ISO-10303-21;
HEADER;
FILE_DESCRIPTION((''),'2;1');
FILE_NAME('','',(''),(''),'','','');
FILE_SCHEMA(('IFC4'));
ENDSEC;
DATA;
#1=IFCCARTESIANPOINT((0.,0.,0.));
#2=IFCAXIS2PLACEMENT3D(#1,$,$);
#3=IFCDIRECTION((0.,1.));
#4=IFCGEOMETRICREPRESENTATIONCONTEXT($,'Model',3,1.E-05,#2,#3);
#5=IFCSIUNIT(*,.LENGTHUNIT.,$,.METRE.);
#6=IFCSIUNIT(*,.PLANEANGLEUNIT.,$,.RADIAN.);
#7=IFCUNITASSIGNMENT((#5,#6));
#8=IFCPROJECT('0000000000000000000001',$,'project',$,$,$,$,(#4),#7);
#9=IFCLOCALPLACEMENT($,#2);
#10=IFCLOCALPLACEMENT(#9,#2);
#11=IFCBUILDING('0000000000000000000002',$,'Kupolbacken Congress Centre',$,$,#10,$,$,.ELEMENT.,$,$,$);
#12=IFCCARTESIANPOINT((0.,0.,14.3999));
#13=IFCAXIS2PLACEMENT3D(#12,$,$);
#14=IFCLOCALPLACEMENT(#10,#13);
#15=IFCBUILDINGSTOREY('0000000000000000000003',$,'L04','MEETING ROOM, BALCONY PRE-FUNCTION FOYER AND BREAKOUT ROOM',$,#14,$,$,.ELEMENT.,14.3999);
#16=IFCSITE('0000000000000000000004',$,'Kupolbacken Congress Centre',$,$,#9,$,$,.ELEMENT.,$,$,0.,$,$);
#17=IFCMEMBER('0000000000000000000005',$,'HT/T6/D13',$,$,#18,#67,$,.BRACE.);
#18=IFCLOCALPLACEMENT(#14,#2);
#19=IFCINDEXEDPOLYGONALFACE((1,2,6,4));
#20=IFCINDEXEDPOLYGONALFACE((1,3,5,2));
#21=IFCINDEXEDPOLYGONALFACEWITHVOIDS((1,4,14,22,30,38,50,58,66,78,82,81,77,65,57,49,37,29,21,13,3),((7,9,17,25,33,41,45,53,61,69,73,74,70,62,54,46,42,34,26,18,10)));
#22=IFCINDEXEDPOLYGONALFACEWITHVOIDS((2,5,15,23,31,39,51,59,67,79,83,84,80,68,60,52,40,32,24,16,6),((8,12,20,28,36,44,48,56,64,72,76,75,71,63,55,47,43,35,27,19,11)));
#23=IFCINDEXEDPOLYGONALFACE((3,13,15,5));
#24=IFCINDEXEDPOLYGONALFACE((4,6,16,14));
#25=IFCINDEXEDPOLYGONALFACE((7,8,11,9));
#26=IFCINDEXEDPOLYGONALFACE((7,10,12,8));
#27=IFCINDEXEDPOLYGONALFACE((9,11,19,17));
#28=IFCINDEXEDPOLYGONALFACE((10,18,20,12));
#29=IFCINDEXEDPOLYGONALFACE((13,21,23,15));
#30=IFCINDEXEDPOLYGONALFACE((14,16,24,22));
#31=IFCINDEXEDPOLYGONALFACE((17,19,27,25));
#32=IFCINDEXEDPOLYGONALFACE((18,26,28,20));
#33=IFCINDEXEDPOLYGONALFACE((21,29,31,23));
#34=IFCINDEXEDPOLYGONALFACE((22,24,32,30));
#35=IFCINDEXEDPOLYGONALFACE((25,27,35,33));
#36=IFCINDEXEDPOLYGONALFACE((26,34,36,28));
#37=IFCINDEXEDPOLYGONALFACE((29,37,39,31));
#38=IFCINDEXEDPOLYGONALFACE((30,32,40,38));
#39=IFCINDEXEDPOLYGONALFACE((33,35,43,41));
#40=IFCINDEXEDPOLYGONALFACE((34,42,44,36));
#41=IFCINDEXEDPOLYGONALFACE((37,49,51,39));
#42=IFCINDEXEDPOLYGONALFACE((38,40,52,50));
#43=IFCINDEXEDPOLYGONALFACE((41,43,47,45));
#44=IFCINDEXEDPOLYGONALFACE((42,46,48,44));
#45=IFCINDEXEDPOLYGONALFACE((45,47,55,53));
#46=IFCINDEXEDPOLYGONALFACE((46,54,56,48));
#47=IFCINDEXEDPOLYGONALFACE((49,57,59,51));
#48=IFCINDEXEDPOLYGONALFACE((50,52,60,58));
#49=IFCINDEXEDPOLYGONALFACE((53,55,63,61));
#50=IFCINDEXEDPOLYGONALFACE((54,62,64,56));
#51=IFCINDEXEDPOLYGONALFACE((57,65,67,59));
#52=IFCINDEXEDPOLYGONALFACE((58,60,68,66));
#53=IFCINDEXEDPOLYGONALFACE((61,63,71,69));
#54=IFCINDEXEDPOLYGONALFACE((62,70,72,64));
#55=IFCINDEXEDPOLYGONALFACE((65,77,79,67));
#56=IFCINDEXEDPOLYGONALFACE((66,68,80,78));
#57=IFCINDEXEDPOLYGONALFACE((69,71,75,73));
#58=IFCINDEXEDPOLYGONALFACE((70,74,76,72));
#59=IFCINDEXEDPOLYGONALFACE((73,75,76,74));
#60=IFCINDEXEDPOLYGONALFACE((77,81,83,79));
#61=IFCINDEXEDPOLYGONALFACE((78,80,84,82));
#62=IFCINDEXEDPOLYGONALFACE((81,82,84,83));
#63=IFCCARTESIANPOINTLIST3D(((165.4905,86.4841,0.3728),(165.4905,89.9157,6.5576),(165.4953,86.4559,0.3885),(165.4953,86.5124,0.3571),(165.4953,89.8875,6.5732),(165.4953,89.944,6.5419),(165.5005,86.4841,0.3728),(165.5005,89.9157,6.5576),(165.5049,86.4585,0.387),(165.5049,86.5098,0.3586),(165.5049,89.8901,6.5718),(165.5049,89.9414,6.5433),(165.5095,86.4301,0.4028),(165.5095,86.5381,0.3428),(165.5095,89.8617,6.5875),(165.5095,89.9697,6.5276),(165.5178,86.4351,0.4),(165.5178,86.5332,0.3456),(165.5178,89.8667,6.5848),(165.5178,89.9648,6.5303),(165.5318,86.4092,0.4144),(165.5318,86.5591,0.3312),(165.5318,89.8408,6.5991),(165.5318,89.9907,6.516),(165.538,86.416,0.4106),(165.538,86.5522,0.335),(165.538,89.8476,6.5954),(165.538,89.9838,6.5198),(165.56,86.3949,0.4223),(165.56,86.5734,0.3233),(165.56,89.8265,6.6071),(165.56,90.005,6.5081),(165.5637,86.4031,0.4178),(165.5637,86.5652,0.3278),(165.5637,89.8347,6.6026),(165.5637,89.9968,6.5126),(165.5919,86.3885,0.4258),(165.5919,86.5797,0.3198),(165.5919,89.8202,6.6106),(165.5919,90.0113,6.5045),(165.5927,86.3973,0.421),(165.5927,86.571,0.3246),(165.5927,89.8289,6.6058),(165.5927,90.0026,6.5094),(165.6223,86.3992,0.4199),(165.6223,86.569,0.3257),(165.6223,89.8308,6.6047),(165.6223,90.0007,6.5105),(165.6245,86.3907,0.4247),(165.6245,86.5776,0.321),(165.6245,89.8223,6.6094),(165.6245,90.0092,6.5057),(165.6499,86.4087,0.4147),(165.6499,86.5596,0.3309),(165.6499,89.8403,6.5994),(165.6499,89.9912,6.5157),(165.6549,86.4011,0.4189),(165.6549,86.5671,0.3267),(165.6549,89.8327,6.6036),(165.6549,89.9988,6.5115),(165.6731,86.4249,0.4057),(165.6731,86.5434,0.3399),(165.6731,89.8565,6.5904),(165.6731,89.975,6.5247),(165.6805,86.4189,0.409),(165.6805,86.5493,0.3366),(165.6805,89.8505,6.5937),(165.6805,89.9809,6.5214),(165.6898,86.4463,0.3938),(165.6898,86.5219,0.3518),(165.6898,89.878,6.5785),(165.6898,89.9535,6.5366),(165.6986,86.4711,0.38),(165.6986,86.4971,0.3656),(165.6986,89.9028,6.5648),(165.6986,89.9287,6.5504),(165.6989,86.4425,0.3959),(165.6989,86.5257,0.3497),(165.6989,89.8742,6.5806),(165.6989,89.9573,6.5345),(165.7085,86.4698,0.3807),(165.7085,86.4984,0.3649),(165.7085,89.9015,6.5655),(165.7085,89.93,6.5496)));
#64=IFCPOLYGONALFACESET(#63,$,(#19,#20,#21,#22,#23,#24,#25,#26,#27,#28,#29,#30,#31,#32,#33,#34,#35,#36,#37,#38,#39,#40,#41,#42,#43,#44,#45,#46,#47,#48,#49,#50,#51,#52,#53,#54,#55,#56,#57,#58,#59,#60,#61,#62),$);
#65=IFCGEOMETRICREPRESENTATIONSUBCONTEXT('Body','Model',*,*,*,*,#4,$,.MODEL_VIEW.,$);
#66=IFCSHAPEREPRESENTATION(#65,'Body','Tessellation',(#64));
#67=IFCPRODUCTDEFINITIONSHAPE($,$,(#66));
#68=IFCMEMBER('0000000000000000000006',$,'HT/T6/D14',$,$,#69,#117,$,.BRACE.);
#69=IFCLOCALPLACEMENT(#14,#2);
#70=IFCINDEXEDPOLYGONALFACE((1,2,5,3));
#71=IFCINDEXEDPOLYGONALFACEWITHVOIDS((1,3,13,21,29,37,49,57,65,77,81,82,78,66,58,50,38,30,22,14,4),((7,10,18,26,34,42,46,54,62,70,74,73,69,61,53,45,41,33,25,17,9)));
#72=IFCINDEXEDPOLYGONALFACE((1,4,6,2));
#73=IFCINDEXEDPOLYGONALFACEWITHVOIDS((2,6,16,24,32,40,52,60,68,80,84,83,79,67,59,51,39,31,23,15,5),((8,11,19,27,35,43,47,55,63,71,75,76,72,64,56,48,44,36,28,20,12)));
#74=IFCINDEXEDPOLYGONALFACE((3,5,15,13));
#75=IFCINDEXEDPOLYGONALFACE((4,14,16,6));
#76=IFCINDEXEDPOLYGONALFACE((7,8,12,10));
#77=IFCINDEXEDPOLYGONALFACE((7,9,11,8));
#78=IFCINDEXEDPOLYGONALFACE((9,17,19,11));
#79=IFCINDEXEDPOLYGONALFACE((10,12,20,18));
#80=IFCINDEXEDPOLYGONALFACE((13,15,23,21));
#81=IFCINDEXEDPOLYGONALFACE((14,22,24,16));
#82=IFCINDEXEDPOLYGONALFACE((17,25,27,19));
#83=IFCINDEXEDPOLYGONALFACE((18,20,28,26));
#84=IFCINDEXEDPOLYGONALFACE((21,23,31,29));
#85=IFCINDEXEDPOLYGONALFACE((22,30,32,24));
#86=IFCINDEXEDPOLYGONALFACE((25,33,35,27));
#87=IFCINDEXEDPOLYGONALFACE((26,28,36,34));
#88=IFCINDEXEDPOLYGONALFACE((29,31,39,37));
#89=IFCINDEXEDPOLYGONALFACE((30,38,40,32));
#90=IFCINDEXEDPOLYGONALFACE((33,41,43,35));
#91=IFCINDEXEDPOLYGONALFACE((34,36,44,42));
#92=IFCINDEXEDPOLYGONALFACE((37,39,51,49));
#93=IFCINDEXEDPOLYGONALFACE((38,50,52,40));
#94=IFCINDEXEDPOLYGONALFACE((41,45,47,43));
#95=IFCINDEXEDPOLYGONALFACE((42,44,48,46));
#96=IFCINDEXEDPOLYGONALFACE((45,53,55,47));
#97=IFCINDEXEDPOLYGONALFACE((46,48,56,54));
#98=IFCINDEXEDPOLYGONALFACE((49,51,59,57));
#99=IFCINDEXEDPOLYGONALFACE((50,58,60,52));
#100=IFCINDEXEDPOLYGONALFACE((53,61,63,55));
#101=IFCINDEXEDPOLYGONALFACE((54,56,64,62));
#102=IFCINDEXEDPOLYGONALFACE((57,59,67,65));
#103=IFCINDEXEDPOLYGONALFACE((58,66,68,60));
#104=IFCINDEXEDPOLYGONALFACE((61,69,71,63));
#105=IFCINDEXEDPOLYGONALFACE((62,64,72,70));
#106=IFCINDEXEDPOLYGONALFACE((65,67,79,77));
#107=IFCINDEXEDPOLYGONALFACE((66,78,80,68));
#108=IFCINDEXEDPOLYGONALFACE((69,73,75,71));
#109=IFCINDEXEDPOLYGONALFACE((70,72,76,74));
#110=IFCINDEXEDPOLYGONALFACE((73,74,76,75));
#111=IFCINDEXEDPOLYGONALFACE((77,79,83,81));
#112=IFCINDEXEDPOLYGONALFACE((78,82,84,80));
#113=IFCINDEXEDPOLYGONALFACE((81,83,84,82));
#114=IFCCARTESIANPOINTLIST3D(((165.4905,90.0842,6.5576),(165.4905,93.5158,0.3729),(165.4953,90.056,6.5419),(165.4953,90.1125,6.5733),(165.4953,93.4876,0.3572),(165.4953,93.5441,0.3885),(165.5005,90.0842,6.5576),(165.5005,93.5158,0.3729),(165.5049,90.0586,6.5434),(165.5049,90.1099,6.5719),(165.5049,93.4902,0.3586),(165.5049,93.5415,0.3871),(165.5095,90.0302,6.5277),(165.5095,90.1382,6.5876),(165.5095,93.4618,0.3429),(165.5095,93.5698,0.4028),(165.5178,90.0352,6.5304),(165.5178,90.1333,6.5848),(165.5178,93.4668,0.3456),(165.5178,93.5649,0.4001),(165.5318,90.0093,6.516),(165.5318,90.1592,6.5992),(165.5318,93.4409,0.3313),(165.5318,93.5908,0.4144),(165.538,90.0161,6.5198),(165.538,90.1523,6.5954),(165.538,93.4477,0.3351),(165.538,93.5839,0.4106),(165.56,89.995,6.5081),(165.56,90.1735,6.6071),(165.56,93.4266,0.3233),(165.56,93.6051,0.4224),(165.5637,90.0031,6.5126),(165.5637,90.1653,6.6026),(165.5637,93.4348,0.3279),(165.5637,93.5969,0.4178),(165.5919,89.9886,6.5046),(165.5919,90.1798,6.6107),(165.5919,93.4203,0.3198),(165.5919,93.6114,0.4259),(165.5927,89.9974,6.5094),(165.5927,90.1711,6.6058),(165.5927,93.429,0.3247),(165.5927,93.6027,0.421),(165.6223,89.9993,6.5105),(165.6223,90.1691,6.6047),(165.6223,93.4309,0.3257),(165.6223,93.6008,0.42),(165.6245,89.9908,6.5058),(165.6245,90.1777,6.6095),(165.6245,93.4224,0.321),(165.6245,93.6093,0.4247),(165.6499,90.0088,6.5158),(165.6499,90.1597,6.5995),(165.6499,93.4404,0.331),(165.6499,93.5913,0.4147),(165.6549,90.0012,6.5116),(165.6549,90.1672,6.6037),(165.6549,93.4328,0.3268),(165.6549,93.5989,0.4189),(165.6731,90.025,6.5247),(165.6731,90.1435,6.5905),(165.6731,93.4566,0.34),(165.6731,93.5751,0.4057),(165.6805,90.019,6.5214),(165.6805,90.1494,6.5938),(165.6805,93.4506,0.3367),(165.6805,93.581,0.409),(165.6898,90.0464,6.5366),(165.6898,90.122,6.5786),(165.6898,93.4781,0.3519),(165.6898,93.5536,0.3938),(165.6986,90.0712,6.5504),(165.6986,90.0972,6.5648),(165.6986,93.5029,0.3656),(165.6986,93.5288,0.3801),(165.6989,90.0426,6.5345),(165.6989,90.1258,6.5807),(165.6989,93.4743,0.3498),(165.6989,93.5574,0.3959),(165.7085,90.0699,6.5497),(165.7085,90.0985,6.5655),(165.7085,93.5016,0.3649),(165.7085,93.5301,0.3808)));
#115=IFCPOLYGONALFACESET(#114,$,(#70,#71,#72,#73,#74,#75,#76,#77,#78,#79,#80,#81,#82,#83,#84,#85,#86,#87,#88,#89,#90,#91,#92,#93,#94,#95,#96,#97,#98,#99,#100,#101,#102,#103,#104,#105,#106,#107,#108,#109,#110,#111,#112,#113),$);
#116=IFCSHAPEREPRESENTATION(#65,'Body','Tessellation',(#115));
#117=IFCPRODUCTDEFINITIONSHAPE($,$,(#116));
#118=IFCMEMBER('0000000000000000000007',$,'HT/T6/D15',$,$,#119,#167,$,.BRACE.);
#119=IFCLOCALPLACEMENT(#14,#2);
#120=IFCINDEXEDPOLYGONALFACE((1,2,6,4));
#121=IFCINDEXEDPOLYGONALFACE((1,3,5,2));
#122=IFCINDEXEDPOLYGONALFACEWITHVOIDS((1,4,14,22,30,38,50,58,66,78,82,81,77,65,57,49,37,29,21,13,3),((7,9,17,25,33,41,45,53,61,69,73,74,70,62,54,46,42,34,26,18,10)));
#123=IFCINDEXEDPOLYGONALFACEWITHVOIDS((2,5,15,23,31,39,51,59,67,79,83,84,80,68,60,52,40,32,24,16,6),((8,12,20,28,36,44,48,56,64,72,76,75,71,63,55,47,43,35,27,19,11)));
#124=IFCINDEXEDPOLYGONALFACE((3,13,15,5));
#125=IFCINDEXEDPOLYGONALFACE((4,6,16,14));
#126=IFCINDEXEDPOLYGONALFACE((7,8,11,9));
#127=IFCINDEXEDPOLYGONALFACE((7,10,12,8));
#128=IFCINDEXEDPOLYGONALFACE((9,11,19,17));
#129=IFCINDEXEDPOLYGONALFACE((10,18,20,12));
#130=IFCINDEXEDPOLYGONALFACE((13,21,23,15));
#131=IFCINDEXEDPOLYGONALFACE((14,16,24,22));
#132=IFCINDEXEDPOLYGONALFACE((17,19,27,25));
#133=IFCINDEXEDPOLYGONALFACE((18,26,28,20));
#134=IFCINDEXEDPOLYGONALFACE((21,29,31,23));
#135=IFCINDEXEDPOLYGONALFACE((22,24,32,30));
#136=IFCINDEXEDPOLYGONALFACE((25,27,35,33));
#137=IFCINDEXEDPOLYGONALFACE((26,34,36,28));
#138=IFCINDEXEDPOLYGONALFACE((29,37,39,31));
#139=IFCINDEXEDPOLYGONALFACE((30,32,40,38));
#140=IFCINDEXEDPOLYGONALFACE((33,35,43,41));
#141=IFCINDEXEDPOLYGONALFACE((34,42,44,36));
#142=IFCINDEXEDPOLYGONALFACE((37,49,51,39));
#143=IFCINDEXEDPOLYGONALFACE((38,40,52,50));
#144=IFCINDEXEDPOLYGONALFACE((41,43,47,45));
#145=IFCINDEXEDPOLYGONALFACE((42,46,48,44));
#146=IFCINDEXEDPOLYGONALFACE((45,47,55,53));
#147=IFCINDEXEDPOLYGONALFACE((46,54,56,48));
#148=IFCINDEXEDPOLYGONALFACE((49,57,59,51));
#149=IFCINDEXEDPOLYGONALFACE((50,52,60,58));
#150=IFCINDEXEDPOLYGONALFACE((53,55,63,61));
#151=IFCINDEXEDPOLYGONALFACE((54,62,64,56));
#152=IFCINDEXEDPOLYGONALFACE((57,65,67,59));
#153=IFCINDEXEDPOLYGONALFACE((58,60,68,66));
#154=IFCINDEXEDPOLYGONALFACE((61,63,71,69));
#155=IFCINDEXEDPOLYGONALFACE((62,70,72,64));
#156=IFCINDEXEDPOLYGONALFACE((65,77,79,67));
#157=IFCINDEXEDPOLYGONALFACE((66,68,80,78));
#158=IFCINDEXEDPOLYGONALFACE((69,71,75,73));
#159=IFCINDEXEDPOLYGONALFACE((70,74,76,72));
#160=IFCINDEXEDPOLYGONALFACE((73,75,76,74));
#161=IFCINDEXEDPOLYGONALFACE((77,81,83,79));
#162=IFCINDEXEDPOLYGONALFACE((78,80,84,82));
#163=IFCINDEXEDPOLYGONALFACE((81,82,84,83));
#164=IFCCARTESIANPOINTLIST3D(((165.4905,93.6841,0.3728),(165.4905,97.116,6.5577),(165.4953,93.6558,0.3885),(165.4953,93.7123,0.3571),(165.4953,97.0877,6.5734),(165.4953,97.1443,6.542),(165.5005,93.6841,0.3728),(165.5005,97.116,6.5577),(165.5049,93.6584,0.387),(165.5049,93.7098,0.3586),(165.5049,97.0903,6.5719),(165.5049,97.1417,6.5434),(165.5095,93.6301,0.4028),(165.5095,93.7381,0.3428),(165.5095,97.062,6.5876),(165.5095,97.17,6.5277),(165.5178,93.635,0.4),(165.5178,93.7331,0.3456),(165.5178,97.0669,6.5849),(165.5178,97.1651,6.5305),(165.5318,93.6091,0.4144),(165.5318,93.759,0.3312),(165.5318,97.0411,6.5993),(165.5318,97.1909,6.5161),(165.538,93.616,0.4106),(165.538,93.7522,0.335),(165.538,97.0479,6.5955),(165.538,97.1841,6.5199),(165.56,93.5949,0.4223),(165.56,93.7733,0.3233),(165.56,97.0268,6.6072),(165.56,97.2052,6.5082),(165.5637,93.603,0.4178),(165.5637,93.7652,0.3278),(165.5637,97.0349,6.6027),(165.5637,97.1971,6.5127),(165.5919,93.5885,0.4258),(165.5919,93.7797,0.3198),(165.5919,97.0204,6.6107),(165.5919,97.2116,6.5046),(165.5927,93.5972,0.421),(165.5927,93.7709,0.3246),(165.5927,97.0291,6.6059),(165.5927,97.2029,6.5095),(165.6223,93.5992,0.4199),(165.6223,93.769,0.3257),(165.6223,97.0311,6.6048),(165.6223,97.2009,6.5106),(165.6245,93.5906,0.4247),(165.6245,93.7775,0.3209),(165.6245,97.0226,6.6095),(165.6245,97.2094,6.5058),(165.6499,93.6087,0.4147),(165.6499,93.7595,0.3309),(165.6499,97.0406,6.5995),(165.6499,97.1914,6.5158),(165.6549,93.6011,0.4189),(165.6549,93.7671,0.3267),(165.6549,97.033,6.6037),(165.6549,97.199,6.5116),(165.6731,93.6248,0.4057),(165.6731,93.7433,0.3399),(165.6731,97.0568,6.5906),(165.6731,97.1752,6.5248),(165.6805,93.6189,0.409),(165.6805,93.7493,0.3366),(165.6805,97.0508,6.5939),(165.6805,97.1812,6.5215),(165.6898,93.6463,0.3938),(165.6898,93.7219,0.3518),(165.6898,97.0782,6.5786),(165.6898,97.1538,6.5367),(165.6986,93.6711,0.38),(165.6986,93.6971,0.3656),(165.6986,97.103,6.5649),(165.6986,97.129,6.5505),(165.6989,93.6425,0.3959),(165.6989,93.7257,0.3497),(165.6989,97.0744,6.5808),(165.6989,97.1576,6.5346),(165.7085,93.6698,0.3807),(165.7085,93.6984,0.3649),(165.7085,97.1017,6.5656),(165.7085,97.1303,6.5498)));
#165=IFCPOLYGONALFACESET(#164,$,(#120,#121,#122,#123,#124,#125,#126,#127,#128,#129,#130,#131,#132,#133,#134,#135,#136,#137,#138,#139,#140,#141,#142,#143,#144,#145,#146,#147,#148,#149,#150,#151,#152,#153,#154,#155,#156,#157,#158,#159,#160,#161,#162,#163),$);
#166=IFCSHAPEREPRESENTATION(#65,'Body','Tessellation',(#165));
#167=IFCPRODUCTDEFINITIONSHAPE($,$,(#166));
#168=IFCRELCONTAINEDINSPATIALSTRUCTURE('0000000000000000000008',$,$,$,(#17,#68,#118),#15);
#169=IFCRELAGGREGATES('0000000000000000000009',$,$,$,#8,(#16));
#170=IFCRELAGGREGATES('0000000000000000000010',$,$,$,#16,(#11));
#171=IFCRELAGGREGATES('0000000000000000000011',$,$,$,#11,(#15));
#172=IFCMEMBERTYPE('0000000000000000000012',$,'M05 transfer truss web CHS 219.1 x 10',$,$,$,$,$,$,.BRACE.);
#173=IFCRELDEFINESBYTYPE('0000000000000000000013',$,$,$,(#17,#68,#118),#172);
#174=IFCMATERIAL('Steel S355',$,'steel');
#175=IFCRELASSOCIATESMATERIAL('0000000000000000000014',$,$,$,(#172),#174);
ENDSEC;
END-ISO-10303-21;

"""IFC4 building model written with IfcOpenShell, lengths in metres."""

from ifc_helpers import new_model, si_unit, direction, frame, origin, origin_2d, place, context, subcontext, project, spatial, hollow_circle, extrude, material, material_profile, profile_set, type_object, element, save


model = new_model("IFC4")

# Units and contexts
model_context = context("Model", 3, precision=1e-05, world=origin(), true_north=direction((0.0, 1.0)))
body_context = subcontext(model_context, "Body", "Model", "MODEL_VIEW")
ifc_project = project(units=[si_unit("LENGTHUNIT", "METRE"), si_unit("PLANEANGLEUNIT", "RADIAN")], contexts=[model_context])

# Site, building, storey
site_placement = place(None, origin())
site = spatial("IfcSite", under=ifc_project, at=site_placement, Name="Kupolbacken Congress Centre", CompositionType="ELEMENT", RefElevation=0.0)
building_placement = place(site_placement, origin())
building = spatial("IfcBuilding", under=site, at=building_placement, Name="Kupolbacken Congress Centre", CompositionType="ELEMENT")
storey_placement = place(building_placement, frame((0.0, 0.0, 14.3999)))
storey = spatial("IfcBuildingStorey", under=building, at=storey_placement, Name="L04", Description="MEETING ROOM, BALCONY PRE-FUNCTION FOYER AND BREAKOUT ROOM", CompositionType="ELEMENT", Elevation=14.3999)

# Members
ifc_material_1 = material(Name="Steel S355", Category="steel")
ifc_material_profile_1 = material_profile(ifc_material_1, hollow_circle(Radius=0.1096, WallThickness=0.01, at=origin_2d()), Name="CHS 219.1 x 10")
ifc_profile_set_1 = profile_set([ifc_material_profile_1], Name="Steel S355")
member_type_1 = type_object("IfcMemberType", Name="M05 transfer truss web CHS 219.1 x 10", PredefinedType="BRACE", material=ifc_profile_set_1)
for number, where, z_axis, x_axis, name in (
    (1, (165.6001, 86.4841, 0.3728), (0.0, 0.485171, 0.874419), (-1.0, 0.0, 0.0), "HT/T6/D13"),
    (2, (165.6001, 90.0842, 6.5576), (0.0, 0.485171, -0.874419), (-1.0, 0.0, 0.0), "HT/T6/D14"),
):
    element("IfcMember", number, at=place(storey_placement, frame(where, z_axis=z_axis, x_axis=x_axis)), inside=storey, type_object=member_type_1, Name=name, PredefinedType="BRACE", context=body_context, shape_type="SweptSolid", body=[
        extrude(hollow_circle(Radius=0.1096, WallThickness=0.01, at=origin_2d()), origin(), (0.0, 0.0, 1.0), 7.073),
    ])
member_1_placement = place(storey_placement, frame((165.6001, 93.6841, 0.3728), z_axis=(0.0, 0.485197, 0.874405), x_axis=(-1.0, 0.0, 0.0)))
element("IfcMember", 3, at=member_1_placement, inside=storey, type_object=member_type_1, Name="HT/T6/D15", PredefinedType="BRACE", context=body_context, shape_type="SweptSolid", body=[
    extrude(hollow_circle(Radius=0.1096, WallThickness=0.01, at=origin_2d()), origin(), (0.0, 0.0, 1.0), 7.0732),
])

save(model, "model.ifc")
